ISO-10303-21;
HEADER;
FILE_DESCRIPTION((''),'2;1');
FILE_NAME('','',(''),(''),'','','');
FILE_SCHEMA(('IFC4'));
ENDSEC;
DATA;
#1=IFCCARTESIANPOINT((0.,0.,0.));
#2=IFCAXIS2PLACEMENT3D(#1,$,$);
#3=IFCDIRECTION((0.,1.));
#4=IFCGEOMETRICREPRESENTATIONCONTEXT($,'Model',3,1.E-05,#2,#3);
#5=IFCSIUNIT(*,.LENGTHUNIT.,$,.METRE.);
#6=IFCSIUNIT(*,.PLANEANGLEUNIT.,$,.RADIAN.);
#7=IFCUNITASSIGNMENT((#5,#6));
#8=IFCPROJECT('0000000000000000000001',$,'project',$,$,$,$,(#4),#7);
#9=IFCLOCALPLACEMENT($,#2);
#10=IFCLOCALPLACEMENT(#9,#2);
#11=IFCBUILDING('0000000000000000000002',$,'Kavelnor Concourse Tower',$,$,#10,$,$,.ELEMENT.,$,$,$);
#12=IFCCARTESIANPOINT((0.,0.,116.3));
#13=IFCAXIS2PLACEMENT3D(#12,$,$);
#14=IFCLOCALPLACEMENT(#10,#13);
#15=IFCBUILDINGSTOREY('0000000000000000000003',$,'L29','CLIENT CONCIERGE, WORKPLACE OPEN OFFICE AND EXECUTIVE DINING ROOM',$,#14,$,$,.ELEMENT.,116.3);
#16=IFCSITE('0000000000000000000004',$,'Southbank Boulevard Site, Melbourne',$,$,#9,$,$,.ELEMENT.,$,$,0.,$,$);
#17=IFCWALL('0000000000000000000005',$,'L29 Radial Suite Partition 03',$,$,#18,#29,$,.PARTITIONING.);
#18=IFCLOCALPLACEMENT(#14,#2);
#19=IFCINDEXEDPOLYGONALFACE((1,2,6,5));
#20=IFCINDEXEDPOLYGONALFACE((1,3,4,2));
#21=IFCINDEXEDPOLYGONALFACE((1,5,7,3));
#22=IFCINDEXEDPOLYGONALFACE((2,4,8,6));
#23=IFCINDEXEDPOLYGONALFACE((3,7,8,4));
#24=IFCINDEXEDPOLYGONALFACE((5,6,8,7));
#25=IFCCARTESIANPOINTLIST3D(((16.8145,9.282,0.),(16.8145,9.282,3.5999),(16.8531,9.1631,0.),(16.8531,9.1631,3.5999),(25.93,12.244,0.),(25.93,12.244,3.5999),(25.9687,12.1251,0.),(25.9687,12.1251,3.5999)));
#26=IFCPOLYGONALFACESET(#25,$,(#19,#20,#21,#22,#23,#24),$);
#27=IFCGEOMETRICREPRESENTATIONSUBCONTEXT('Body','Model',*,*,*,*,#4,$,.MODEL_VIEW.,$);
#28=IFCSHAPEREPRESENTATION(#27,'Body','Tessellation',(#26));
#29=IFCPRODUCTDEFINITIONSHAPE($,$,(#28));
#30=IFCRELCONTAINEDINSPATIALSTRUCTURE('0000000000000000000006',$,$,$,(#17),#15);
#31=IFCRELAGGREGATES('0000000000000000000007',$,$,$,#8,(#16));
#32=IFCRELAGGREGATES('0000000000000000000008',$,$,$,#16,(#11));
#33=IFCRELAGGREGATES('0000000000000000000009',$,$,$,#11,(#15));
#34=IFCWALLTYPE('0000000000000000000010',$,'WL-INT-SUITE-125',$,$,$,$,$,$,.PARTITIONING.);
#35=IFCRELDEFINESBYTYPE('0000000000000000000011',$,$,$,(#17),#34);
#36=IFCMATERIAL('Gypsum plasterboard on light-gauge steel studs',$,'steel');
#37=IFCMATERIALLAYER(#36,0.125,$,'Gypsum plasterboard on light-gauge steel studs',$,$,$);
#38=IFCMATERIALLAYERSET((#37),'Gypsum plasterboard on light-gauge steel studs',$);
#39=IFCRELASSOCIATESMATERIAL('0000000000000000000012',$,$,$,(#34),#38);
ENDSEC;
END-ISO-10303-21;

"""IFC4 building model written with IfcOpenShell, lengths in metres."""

from ifc_helpers import new_model, si_unit, direction, frame, frame_2d, origin, place, context, subcontext, project, spatial, rectangle, extrude, material, layer, layer_set, type_object, element, save


model = new_model("IFC4")

# Units and contexts
model_context = context("Model", 3, precision=1e-05, world=origin(), true_north=direction((0.0, 1.0)))
body_context = subcontext(model_context, "Body", "Model", "MODEL_VIEW")
ifc_project = project(units=[si_unit("LENGTHUNIT", "METRE"), si_unit("PLANEANGLEUNIT", "RADIAN")], contexts=[model_context])

# Site, building, storey
site_placement = place(None, origin())
site = spatial("IfcSite", under=ifc_project, at=site_placement, Name="Southbank Boulevard Site, Melbourne", CompositionType="ELEMENT", RefElevation=0.0)
building_placement = place(site_placement, origin())
building = spatial("IfcBuilding", under=site, at=building_placement, Name="Kavelnor Concourse Tower", CompositionType="ELEMENT")
storey_placement = place(building_placement, frame((0.0, 0.0, 116.3)))
storey = spatial("IfcBuildingStorey", under=building, at=storey_placement, Name="L29", Description="CLIENT CONCIERGE, WORKPLACE OPEN OFFICE AND EXECUTIVE DINING ROOM", CompositionType="ELEMENT", Elevation=116.3)

# Shared definitions
ifc_material_1 = material(Name="Gypsum plasterboard on light-gauge steel studs", Category="steel")

# Wall
ifc_layer_1 = layer(ifc_material_1, 0.125, Name="Gypsum plasterboard on light-gauge steel studs")
ifc_layer_set_1 = layer_set([ifc_layer_1], Name="Gypsum plasterboard on light-gauge steel studs")
wall_type_1 = type_object("IfcWallType", Name="WL-INT-SUITE-125", PredefinedType="PARTITIONING", material=ifc_layer_set_1)
wall_1_placement = place(storey_placement, frame((25.9495, 12.1846, 0.0), z_axis=(0.0, 0.0, 1.0), x_axis=(-0.951053, -0.309028, 0.0)))
element("IfcWall", 1, at=wall_1_placement, inside=storey, type_object=wall_type_1, Name="L29 Radial Suite Partition 03", PredefinedType="PARTITIONING", context=body_context, shape_type="SweptSolid", body=[
    extrude(rectangle(XDim=9.5847, YDim=0.125, at=frame_2d((4.7925, 0.0))), origin(), (0.0, 0.0, 1.0), 3.5999),
])

save(model, "model.ifc")
